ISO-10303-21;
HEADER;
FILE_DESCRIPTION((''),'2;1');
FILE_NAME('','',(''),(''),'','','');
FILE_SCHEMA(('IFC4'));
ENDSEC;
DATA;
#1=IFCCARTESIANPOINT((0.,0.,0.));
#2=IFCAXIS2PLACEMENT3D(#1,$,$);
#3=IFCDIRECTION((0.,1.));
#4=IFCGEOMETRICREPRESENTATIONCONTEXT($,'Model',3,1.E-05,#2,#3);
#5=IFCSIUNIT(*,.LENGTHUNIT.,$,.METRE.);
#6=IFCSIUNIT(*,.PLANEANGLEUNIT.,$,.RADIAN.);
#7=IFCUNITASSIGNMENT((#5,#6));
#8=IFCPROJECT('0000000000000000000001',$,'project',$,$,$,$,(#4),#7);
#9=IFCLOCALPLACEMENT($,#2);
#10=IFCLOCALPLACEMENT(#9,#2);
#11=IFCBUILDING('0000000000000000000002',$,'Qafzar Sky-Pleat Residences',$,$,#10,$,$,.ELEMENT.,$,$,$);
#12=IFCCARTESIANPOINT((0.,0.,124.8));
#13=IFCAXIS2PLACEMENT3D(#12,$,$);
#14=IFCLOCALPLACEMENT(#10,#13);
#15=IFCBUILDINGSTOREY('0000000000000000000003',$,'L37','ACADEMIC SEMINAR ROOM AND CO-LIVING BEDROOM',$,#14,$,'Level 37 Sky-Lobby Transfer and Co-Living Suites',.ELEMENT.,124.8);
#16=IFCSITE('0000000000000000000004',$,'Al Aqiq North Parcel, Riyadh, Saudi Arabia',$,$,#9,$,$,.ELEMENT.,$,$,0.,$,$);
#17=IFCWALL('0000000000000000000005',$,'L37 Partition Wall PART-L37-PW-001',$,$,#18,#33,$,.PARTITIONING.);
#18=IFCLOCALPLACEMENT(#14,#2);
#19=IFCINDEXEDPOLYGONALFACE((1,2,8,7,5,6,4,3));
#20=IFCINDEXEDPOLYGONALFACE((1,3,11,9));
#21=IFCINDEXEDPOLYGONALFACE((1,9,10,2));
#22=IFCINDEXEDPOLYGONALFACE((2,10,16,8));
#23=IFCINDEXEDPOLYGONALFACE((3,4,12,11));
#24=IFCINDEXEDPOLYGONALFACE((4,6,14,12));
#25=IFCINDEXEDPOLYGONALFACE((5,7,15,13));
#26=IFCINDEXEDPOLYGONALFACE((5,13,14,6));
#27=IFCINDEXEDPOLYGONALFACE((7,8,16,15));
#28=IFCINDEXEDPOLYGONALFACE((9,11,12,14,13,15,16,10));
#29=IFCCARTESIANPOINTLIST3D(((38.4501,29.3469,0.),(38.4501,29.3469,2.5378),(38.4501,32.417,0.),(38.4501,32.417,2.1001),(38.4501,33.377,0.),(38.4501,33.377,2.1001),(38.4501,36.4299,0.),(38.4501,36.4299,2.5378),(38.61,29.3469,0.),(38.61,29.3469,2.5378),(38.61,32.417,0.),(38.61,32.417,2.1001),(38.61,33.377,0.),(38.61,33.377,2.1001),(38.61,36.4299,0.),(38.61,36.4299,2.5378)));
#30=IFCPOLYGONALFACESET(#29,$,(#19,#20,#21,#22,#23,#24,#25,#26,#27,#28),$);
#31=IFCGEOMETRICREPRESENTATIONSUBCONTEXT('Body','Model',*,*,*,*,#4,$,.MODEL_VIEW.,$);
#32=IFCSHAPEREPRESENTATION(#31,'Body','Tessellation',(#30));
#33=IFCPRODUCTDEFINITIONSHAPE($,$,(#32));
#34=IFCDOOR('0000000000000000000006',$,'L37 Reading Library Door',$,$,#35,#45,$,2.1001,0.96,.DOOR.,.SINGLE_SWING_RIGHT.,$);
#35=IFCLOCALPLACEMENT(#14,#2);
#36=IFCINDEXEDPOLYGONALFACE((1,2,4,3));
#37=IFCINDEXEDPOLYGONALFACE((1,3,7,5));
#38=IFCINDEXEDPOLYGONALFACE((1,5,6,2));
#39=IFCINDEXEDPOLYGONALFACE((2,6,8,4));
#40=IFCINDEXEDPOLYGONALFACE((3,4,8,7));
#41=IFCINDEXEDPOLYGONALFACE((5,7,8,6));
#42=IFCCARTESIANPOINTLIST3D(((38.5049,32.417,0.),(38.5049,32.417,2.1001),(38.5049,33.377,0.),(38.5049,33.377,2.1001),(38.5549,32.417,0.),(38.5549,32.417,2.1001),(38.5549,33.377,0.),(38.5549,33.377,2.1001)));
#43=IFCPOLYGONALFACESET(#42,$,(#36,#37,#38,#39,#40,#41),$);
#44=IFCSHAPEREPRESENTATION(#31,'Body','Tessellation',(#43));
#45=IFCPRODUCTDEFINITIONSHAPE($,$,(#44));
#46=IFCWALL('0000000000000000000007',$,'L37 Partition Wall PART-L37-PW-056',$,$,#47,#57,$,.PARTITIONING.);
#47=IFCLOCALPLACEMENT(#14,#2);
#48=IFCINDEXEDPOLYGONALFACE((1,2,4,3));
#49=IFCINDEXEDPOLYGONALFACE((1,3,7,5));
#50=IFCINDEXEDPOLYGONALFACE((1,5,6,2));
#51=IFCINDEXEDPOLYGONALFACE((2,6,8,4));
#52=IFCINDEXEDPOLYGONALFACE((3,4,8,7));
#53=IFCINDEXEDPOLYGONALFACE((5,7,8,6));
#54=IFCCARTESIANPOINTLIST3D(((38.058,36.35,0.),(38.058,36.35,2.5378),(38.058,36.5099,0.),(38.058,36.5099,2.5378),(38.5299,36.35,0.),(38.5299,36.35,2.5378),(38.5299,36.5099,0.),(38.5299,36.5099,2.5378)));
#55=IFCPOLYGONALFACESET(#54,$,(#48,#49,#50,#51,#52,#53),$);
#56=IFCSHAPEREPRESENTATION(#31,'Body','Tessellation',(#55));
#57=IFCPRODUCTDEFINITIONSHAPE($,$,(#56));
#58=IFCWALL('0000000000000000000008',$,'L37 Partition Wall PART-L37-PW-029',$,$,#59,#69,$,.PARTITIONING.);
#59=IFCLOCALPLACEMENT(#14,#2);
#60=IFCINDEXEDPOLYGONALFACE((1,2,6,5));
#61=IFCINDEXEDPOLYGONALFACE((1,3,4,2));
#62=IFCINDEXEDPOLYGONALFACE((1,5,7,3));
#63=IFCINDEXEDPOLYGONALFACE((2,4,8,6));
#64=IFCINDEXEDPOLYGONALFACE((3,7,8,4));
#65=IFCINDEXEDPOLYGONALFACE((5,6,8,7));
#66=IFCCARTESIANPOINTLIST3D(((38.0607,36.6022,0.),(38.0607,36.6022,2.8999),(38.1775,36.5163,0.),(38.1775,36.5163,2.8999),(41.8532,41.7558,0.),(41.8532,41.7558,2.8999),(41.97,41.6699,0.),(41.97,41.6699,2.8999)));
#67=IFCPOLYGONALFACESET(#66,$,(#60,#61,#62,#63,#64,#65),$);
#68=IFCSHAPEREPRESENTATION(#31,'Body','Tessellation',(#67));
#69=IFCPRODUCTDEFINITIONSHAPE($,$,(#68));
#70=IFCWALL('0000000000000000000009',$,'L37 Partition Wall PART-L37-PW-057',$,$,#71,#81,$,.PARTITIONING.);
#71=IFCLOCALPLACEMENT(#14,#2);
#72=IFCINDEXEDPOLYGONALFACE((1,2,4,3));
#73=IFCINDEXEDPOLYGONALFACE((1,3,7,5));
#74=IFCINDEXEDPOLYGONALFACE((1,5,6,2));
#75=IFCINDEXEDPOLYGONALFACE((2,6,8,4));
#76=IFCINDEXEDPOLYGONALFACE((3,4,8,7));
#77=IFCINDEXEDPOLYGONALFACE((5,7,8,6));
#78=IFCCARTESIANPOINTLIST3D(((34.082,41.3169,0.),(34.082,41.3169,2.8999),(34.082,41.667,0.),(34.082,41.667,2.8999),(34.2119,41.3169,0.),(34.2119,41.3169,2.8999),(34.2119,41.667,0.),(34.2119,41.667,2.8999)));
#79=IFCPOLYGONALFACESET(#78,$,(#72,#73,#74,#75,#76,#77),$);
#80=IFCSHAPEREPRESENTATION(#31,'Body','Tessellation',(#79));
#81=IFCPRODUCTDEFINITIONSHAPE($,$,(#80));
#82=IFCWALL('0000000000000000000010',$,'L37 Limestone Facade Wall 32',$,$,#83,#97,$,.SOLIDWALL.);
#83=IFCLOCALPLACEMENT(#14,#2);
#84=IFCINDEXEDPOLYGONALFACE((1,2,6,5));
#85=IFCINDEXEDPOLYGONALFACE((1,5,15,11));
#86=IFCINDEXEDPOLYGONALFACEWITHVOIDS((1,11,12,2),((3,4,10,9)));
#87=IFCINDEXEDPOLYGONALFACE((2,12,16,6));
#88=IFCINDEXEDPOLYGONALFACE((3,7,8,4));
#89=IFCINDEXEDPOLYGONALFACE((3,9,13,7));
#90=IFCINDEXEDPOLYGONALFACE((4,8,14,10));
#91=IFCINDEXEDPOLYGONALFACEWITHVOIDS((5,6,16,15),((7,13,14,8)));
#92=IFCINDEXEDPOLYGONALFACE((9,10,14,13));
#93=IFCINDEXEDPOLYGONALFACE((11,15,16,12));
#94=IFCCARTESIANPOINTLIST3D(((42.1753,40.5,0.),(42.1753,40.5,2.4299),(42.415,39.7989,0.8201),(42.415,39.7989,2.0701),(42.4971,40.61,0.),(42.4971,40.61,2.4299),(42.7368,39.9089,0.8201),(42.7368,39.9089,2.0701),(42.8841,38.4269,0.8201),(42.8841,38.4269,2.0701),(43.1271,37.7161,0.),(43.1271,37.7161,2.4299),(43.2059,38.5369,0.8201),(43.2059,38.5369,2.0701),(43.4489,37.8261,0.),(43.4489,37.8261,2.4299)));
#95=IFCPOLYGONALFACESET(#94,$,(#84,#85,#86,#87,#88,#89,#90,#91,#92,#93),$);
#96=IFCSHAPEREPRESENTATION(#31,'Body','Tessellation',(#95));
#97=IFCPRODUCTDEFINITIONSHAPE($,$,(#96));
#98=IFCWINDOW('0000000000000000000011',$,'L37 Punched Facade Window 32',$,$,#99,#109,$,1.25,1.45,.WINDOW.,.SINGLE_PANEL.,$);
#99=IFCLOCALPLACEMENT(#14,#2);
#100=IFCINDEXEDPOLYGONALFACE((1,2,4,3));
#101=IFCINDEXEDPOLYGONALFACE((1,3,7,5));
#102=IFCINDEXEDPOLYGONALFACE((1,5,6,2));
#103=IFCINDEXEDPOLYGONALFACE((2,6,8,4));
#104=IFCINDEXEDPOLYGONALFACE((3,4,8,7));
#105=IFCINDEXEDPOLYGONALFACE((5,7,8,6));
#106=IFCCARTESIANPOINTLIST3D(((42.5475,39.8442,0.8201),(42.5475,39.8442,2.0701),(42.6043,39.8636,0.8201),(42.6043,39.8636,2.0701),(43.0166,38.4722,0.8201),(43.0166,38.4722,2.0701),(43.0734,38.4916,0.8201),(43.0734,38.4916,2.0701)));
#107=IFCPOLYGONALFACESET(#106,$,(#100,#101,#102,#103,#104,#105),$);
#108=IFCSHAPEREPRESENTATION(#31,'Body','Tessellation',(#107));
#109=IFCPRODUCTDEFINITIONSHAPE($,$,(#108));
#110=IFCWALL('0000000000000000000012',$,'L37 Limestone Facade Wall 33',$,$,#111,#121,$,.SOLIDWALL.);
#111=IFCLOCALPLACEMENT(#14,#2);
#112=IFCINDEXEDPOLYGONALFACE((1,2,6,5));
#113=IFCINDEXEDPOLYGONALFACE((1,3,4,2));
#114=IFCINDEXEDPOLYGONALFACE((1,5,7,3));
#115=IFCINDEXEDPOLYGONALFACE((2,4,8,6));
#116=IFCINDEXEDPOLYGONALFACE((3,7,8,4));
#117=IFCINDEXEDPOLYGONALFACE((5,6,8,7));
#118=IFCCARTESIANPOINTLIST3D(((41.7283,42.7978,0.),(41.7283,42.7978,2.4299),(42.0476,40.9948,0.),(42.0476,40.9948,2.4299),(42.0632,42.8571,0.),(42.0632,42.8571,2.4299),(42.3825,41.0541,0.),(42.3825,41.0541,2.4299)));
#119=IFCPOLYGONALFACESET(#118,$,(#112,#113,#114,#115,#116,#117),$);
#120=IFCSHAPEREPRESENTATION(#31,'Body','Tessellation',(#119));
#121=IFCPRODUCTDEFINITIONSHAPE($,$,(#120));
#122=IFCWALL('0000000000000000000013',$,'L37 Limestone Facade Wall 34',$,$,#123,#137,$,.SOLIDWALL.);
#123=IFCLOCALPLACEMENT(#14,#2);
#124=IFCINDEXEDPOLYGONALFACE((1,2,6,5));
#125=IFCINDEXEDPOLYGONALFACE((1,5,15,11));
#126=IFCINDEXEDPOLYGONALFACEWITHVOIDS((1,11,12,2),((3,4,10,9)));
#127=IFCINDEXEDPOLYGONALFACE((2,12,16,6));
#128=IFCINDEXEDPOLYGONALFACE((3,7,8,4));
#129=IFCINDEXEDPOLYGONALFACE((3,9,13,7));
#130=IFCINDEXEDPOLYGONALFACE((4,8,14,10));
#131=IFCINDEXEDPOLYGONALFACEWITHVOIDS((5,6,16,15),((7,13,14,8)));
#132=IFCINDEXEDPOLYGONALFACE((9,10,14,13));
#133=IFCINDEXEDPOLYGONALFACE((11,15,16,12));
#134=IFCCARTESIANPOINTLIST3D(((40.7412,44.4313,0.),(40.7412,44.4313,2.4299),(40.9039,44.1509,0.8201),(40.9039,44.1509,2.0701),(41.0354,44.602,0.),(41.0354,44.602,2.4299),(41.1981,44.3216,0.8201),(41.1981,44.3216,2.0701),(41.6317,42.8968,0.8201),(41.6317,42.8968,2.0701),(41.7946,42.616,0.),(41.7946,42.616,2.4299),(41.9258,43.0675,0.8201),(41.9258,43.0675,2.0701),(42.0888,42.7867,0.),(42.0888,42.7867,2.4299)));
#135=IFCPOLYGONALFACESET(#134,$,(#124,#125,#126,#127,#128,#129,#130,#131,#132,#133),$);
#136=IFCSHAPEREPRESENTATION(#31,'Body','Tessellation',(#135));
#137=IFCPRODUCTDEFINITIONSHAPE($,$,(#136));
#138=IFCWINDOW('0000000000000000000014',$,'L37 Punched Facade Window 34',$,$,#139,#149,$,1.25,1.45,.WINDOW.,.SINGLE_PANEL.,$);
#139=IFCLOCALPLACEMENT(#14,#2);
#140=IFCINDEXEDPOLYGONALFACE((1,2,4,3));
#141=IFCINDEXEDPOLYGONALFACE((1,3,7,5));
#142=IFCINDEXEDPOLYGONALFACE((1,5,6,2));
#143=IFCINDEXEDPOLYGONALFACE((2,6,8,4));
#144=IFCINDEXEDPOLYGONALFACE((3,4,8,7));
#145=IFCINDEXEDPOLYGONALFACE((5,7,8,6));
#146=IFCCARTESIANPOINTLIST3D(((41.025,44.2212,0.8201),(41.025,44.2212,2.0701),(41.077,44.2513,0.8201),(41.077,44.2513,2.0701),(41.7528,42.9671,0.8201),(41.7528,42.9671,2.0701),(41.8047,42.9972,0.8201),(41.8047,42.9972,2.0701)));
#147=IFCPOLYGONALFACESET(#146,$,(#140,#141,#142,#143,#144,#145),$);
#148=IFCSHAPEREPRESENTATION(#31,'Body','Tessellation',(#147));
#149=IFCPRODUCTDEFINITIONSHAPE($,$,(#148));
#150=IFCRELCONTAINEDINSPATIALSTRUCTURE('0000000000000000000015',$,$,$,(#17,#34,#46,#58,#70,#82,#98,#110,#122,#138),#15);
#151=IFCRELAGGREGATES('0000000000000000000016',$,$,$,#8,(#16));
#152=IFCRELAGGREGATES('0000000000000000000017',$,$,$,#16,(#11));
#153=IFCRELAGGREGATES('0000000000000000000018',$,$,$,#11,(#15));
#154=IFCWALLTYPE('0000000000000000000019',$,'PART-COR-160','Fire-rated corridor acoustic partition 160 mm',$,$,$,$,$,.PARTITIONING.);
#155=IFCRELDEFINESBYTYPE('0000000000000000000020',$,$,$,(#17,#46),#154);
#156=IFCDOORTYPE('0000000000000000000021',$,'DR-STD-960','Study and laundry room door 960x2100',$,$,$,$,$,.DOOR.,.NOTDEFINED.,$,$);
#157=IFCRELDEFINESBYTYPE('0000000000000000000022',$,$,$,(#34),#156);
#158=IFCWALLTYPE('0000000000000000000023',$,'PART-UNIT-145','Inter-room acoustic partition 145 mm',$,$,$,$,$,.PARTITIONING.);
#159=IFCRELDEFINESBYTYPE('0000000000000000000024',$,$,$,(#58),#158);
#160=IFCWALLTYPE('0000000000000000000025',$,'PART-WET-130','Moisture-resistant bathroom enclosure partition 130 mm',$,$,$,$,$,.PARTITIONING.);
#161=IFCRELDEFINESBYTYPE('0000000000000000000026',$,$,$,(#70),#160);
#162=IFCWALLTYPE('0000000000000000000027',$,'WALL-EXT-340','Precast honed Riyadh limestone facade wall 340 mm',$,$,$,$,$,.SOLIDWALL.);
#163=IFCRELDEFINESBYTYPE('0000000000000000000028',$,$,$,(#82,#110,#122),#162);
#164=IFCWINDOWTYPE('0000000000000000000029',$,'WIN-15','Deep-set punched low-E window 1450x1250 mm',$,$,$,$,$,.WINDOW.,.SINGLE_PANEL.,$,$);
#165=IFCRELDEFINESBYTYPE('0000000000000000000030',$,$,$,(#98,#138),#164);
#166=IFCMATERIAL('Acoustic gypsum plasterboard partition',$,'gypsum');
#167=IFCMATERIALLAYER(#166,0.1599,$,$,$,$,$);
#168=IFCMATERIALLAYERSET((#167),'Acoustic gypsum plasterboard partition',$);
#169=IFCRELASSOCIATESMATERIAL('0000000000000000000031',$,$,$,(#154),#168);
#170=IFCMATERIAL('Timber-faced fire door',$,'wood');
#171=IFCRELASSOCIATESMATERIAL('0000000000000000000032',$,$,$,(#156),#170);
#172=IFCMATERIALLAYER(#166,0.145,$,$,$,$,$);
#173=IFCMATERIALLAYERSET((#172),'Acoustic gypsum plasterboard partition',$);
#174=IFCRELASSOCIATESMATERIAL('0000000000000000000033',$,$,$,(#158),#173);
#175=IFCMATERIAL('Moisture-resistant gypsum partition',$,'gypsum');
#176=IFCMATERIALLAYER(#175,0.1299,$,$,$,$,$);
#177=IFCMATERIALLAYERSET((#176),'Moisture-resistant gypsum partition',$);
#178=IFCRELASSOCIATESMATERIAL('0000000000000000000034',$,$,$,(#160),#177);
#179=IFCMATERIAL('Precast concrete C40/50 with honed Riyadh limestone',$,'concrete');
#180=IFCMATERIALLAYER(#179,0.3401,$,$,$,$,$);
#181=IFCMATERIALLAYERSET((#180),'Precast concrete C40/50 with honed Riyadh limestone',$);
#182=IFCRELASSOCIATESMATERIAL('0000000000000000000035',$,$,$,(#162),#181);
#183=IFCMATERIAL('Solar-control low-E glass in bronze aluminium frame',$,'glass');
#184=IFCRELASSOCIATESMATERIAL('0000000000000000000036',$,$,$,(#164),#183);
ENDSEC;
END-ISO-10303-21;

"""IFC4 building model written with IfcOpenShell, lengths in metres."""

from ifc_helpers import new_model, si_unit, direction, frame, frame_2d, origin, place, context, subcontext, project, spatial, rectangle, extrude, source, transform, mapped, material, layer, layer_set, type_object, element, fill, save


model = new_model("IFC4")

# Units and contexts
model_context = context("Model", 3, precision=1e-05, world=origin(), true_north=direction((0.0, 1.0)))
body_context = subcontext(model_context, "Body", "Model", "MODEL_VIEW")
ifc_project = project(units=[si_unit("LENGTHUNIT", "METRE"), si_unit("PLANEANGLEUNIT", "RADIAN")], contexts=[model_context])

# Site, building, storey
site_placement = place(None, origin())
site = spatial("IfcSite", under=ifc_project, at=site_placement, Name="Al Aqiq North Parcel, Riyadh, Saudi Arabia", CompositionType="ELEMENT", RefElevation=0.0)
building_placement = place(site_placement, origin())
building = spatial("IfcBuilding", under=site, at=building_placement, Name="Qafzar Sky-Pleat Residences", CompositionType="ELEMENT")
storey_placement = place(building_placement, frame((0.0, 0.0, 124.8)))
storey = spatial("IfcBuildingStorey", under=building, at=storey_placement, Name="L37", Description="ACADEMIC SEMINAR ROOM AND CO-LIVING BEDROOM", LongName="Level 37 Sky-Lobby Transfer and Co-Living Suites", CompositionType="ELEMENT", Elevation=124.8)

# Wall, opening, door
ifc_material_1 = material(Name="Acoustic gypsum plasterboard partition", Category="gypsum")
ifc_layer_1 = layer(ifc_material_1, 0.1599)
ifc_layer_set_1 = layer_set([ifc_layer_1], Name="Acoustic gypsum plasterboard partition")
wall_type_1 = type_object("IfcWallType", Name="PART-COR-160", Description="Fire-rated corridor acoustic partition 160 mm", PredefinedType="PARTITIONING", material=ifc_layer_set_1)
wall_1_placement = place(storey_placement, frame((38.53, 36.4299, 0.0), z_axis=(0.0, 0.0, 1.0), x_axis=(0.0, -1.0, 0.0)))
wall_1 = element("IfcWall", 1, at=wall_1_placement, inside=storey, type_object=wall_type_1, Name="L37 Partition Wall PART-L37-PW-001", PredefinedType="PARTITIONING", context=body_context, shape_type="SweptSolid", body=[
    extrude(rectangle(XDim=7.083, YDim=0.1599, at=frame_2d((3.5415, 0.0))), origin(), (0.0, 0.0, 1.0), 2.5378),
])
opening_1_placement = place(wall_1_placement, frame((3.053, 0.0, 0.0)))
opening_1 = element("IfcOpeningElement", 2, at=opening_1_placement, cuts=wall_1, PredefinedType="OPENING", context=body_context, shape_type="SweptSolid", body=[
    extrude(rectangle(XDim=0.96, YDim=2.1001, at=frame_2d((0.48, 1.05))), frame((0.0, 0.0898, 0.0), z_axis=(0.0, -1.0, 0.0), x_axis=(1.0, 0.0, 0.0)), (0.0, 0.0, 1.0), 0.1799),
])
ifc_material_2 = material(Name="Timber-faced fire door", Category="wood")
door_type = type_object("IfcDoorType", Name="DR-STD-960", Description="Study and laundry room door 960x2100", OperationType="NOTDEFINED", PredefinedType="DOOR", material=ifc_material_2)
shared_shape_1 = source(origin(), body_context, "Body", "SweptSolid", [
    extrude(rectangle(XDim=0.96, YDim=2.1001, at=frame_2d((0.48, 1.05))), frame((0.0, 0.0249, 0.0), z_axis=(0.0, -1.0, 0.0), x_axis=(1.0, 0.0, 0.0)), (0.0, 0.0, 1.0), 0.05),
])
door_placement = place(opening_1_placement, origin())
door = element("IfcDoor", 3, at=door_placement, inside=storey, type_object=door_type, Name="L37 Reading Library Door", OperationType="SINGLE_SWING_RIGHT", OverallHeight=2.1001, OverallWidth=0.96, PredefinedType="DOOR", context=body_context, shape_type="MappedRepresentation", body=[
    mapped(shared_shape_1, transform((0.0, 0.0, 0.0), x_axis=(1.0, 0.0, 0.0), y_axis=(0.0, 1.0, 0.0), z_axis=(0.0, 0.0, 1.0), scale=1.0)),
])
fill(opening_1, door)

# Walls
wall_2_placement = place(storey_placement, frame((38.0581, 36.4299, 0.0), z_axis=(0.0, 0.0, 1.0), x_axis=(1.0, 0.0, 0.0)))
element("IfcWall", 4, at=wall_2_placement, inside=storey, type_object=wall_type_1, Name="L37 Partition Wall PART-L37-PW-056", PredefinedType="PARTITIONING", context=body_context, shape_type="SweptSolid", body=[
    extrude(rectangle(XDim=0.4719, YDim=0.1599, at=frame_2d((0.2358, 0.0))), origin(), (0.0, 0.0, 1.0), 2.5378),
])
ifc_layer_2 = layer(ifc_material_1, 0.145)
ifc_layer_set_2 = layer_set([ifc_layer_2], Name="Acoustic gypsum plasterboard partition")
wall_type_2 = type_object("IfcWallType", Name="PART-UNIT-145", Description="Inter-room acoustic partition 145 mm", PredefinedType="PARTITIONING", material=ifc_layer_set_2)
wall_3_placement = place(storey_placement, frame((38.1191, 36.5593, 0.0), z_axis=(0.0, 0.0, 1.0), x_axis=(0.592704, 0.80542, 0.0)))
element("IfcWall", 5, at=wall_3_placement, inside=storey, type_object=wall_type_2, Name="L37 Partition Wall PART-L37-PW-029", PredefinedType="PARTITIONING", context=body_context, shape_type="SweptSolid", body=[
    extrude(rectangle(XDim=6.3987, YDim=0.145, at=frame_2d((3.1992, 0.0))), origin(), (0.0, 0.0, 1.0), 2.8999),
])
ifc_material_3 = material(Name="Moisture-resistant gypsum partition", Category="gypsum")
ifc_layer_3 = layer(ifc_material_3, 0.1299)
ifc_layer_set_3 = layer_set([ifc_layer_3], Name="Moisture-resistant gypsum partition")
wall_type_3 = type_object("IfcWallType", Name="PART-WET-130", Description="Moisture-resistant bathroom enclosure partition 130 mm", PredefinedType="PARTITIONING", material=ifc_layer_set_3)
wall_4_placement = place(storey_placement, frame((34.147, 41.3169, 0.0), z_axis=(0.0, 0.0, 1.0), x_axis=(0.0, 1.0, 0.0)))
element("IfcWall", 6, at=wall_4_placement, inside=storey, type_object=wall_type_3, Name="L37 Partition Wall PART-L37-PW-057", PredefinedType="PARTITIONING", context=body_context, shape_type="SweptSolid", body=[
    extrude(rectangle(XDim=0.3501, YDim=0.1299, at=frame_2d((0.175, 0.0))), origin(), (0.0, 0.0, 1.0), 2.8999),
])

# Wall, opening, window
ifc_material_4 = material(Name="Precast concrete C40/50 with honed Riyadh limestone", Category="concrete")
ifc_layer_4 = layer(ifc_material_4, 0.3401)
ifc_layer_set_4 = layer_set([ifc_layer_4], Name="Precast concrete C40/50 with honed Riyadh limestone")
wall_type_4 = type_object("IfcWallType", Name="WALL-EXT-340", Description="Precast honed Riyadh limestone facade wall 340 mm", PredefinedType="SOLIDWALL", material=ifc_layer_set_4)
wall_5_placement = place(storey_placement, frame((43.2881, 37.771, 0.0), z_axis=(0.0, 0.0, 1.0), x_axis=(-0.323537, 0.946215, 0.0)))
wall_5 = element("IfcWall", 7, at=wall_5_placement, inside=storey, type_object=wall_type_4, Name="L37 Limestone Facade Wall 32", PredefinedType="SOLIDWALL", context=body_context, shape_type="SweptSolid", body=[
    extrude(rectangle(XDim=2.9421, YDim=0.3401, at=frame_2d((1.4712, 0.0))), origin(), (0.0, 0.0, 1.0), 2.4299),
])
opening_2_placement = place(wall_5_placement, frame((0.7512, 0.0, 0.8201)))
opening_2 = element("IfcOpeningElement", 8, at=opening_2_placement, cuts=wall_5, PredefinedType="OPENING", context=body_context, shape_type="SweptSolid", body=[
    extrude(rectangle(XDim=1.45, YDim=1.25, at=frame_2d((0.7251, 0.625))), frame((0.0, 0.1802, 0.0), z_axis=(0.0, -1.0, 0.0), x_axis=(1.0, 0.0, 0.0)), (0.0, 0.0, 1.0), 0.3601),
])
ifc_material_5 = material(Name="Solar-control low-E glass in bronze aluminium frame", Category="glass")
window_type_1 = type_object("IfcWindowType", Name="WIN-15", Description="Deep-set punched low-E window 1450x1250 mm", PartitioningType="SINGLE_PANEL", PredefinedType="WINDOW", material=ifc_material_5)
shared_shape_2 = source(origin(), body_context, "Body", "SweptSolid", [
    extrude(rectangle(XDim=1.45, YDim=1.25, at=frame_2d((0.7251, 0.625))), frame((0.0, 0.03, 0.0), z_axis=(0.0, -1.0, 0.0), x_axis=(1.0, 0.0, 0.0)), (0.0, 0.0, 1.0), 0.0601),
])
window_1_placement = place(opening_2_placement, origin())
window_1 = element("IfcWindow", 9, at=window_1_placement, inside=storey, type_object=window_type_1, Name="L37 Punched Facade Window 32", OverallHeight=1.25, OverallWidth=1.45, PartitioningType="SINGLE_PANEL", PredefinedType="WINDOW", context=body_context, shape_type="MappedRepresentation", body=[
    mapped(shared_shape_2, transform((0.0, 0.0, 0.0), x_axis=(1.0, 0.0, 0.0), y_axis=(0.0, 1.0, 0.0), z_axis=(0.0, 0.0, 1.0), scale=1.0)),
])
fill(opening_2, window_1)

# Wall
wall_6_placement = place(storey_placement, frame((42.2151, 41.0244, 0.0), z_axis=(0.0, 0.0, 1.0), x_axis=(-0.174401, 0.984675, 0.0)))
element("IfcWall", 10, at=wall_6_placement, inside=storey, type_object=wall_type_4, Name="L37 Limestone Facade Wall 33", PredefinedType="SOLIDWALL", context=body_context, shape_type="SweptSolid", body=[
    extrude(rectangle(XDim=1.8311, YDim=0.3401, at=frame_2d((0.9155, 0.0))), origin(), (0.0, 0.0, 1.0), 2.4299),
])

# Wall, opening, window
wall_7_placement = place(storey_placement, frame((41.9417, 42.7014, 0.0), z_axis=(0.0, 0.0, 1.0), x_axis=(-0.501903, 0.864924, 0.0)))
wall_7 = element("IfcWall", 11, at=wall_7_placement, inside=storey, type_object=wall_type_4, Name="L37 Limestone Facade Wall 34", PredefinedType="SOLIDWALL", context=body_context, shape_type="SweptSolid", body=[
    extrude(rectangle(XDim=2.0989, YDim=0.3401, at=frame_2d((1.0493, 0.0))), origin(), (0.0, 0.0, 1.0), 2.4299),
])
opening_3_placement = place(wall_7_placement, frame((0.3245, 0.0, 0.8201)))
opening_3 = element("IfcOpeningElement", 12, at=opening_3_placement, cuts=wall_7, PredefinedType="OPENING", context=body_context, shape_type="SweptSolid", body=[
    extrude(rectangle(XDim=1.45, YDim=1.25, at=frame_2d((0.7251, 0.625))), frame((0.0, 0.1802, 0.0), z_axis=(0.0, -1.0, 0.0), x_axis=(1.0, 0.0, 0.0)), (0.0, 0.0, 1.0), 0.3601),
])
window_2_placement = place(opening_3_placement, origin())
window_2 = element("IfcWindow", 13, at=window_2_placement, inside=storey, type_object=window_type_1, Name="L37 Punched Facade Window 34", OverallHeight=1.25, OverallWidth=1.45, PartitioningType="SINGLE_PANEL", PredefinedType="WINDOW", context=body_context, shape_type="MappedRepresentation", body=[
    mapped(shared_shape_2, transform((0.0, 0.0, 0.0), x_axis=(1.0, 0.0, 0.0), y_axis=(0.0, 1.0, 0.0), z_axis=(0.0, 0.0, 1.0), scale=1.0)),
])
fill(opening_3, window_2)

save(model, "model.ifc")
